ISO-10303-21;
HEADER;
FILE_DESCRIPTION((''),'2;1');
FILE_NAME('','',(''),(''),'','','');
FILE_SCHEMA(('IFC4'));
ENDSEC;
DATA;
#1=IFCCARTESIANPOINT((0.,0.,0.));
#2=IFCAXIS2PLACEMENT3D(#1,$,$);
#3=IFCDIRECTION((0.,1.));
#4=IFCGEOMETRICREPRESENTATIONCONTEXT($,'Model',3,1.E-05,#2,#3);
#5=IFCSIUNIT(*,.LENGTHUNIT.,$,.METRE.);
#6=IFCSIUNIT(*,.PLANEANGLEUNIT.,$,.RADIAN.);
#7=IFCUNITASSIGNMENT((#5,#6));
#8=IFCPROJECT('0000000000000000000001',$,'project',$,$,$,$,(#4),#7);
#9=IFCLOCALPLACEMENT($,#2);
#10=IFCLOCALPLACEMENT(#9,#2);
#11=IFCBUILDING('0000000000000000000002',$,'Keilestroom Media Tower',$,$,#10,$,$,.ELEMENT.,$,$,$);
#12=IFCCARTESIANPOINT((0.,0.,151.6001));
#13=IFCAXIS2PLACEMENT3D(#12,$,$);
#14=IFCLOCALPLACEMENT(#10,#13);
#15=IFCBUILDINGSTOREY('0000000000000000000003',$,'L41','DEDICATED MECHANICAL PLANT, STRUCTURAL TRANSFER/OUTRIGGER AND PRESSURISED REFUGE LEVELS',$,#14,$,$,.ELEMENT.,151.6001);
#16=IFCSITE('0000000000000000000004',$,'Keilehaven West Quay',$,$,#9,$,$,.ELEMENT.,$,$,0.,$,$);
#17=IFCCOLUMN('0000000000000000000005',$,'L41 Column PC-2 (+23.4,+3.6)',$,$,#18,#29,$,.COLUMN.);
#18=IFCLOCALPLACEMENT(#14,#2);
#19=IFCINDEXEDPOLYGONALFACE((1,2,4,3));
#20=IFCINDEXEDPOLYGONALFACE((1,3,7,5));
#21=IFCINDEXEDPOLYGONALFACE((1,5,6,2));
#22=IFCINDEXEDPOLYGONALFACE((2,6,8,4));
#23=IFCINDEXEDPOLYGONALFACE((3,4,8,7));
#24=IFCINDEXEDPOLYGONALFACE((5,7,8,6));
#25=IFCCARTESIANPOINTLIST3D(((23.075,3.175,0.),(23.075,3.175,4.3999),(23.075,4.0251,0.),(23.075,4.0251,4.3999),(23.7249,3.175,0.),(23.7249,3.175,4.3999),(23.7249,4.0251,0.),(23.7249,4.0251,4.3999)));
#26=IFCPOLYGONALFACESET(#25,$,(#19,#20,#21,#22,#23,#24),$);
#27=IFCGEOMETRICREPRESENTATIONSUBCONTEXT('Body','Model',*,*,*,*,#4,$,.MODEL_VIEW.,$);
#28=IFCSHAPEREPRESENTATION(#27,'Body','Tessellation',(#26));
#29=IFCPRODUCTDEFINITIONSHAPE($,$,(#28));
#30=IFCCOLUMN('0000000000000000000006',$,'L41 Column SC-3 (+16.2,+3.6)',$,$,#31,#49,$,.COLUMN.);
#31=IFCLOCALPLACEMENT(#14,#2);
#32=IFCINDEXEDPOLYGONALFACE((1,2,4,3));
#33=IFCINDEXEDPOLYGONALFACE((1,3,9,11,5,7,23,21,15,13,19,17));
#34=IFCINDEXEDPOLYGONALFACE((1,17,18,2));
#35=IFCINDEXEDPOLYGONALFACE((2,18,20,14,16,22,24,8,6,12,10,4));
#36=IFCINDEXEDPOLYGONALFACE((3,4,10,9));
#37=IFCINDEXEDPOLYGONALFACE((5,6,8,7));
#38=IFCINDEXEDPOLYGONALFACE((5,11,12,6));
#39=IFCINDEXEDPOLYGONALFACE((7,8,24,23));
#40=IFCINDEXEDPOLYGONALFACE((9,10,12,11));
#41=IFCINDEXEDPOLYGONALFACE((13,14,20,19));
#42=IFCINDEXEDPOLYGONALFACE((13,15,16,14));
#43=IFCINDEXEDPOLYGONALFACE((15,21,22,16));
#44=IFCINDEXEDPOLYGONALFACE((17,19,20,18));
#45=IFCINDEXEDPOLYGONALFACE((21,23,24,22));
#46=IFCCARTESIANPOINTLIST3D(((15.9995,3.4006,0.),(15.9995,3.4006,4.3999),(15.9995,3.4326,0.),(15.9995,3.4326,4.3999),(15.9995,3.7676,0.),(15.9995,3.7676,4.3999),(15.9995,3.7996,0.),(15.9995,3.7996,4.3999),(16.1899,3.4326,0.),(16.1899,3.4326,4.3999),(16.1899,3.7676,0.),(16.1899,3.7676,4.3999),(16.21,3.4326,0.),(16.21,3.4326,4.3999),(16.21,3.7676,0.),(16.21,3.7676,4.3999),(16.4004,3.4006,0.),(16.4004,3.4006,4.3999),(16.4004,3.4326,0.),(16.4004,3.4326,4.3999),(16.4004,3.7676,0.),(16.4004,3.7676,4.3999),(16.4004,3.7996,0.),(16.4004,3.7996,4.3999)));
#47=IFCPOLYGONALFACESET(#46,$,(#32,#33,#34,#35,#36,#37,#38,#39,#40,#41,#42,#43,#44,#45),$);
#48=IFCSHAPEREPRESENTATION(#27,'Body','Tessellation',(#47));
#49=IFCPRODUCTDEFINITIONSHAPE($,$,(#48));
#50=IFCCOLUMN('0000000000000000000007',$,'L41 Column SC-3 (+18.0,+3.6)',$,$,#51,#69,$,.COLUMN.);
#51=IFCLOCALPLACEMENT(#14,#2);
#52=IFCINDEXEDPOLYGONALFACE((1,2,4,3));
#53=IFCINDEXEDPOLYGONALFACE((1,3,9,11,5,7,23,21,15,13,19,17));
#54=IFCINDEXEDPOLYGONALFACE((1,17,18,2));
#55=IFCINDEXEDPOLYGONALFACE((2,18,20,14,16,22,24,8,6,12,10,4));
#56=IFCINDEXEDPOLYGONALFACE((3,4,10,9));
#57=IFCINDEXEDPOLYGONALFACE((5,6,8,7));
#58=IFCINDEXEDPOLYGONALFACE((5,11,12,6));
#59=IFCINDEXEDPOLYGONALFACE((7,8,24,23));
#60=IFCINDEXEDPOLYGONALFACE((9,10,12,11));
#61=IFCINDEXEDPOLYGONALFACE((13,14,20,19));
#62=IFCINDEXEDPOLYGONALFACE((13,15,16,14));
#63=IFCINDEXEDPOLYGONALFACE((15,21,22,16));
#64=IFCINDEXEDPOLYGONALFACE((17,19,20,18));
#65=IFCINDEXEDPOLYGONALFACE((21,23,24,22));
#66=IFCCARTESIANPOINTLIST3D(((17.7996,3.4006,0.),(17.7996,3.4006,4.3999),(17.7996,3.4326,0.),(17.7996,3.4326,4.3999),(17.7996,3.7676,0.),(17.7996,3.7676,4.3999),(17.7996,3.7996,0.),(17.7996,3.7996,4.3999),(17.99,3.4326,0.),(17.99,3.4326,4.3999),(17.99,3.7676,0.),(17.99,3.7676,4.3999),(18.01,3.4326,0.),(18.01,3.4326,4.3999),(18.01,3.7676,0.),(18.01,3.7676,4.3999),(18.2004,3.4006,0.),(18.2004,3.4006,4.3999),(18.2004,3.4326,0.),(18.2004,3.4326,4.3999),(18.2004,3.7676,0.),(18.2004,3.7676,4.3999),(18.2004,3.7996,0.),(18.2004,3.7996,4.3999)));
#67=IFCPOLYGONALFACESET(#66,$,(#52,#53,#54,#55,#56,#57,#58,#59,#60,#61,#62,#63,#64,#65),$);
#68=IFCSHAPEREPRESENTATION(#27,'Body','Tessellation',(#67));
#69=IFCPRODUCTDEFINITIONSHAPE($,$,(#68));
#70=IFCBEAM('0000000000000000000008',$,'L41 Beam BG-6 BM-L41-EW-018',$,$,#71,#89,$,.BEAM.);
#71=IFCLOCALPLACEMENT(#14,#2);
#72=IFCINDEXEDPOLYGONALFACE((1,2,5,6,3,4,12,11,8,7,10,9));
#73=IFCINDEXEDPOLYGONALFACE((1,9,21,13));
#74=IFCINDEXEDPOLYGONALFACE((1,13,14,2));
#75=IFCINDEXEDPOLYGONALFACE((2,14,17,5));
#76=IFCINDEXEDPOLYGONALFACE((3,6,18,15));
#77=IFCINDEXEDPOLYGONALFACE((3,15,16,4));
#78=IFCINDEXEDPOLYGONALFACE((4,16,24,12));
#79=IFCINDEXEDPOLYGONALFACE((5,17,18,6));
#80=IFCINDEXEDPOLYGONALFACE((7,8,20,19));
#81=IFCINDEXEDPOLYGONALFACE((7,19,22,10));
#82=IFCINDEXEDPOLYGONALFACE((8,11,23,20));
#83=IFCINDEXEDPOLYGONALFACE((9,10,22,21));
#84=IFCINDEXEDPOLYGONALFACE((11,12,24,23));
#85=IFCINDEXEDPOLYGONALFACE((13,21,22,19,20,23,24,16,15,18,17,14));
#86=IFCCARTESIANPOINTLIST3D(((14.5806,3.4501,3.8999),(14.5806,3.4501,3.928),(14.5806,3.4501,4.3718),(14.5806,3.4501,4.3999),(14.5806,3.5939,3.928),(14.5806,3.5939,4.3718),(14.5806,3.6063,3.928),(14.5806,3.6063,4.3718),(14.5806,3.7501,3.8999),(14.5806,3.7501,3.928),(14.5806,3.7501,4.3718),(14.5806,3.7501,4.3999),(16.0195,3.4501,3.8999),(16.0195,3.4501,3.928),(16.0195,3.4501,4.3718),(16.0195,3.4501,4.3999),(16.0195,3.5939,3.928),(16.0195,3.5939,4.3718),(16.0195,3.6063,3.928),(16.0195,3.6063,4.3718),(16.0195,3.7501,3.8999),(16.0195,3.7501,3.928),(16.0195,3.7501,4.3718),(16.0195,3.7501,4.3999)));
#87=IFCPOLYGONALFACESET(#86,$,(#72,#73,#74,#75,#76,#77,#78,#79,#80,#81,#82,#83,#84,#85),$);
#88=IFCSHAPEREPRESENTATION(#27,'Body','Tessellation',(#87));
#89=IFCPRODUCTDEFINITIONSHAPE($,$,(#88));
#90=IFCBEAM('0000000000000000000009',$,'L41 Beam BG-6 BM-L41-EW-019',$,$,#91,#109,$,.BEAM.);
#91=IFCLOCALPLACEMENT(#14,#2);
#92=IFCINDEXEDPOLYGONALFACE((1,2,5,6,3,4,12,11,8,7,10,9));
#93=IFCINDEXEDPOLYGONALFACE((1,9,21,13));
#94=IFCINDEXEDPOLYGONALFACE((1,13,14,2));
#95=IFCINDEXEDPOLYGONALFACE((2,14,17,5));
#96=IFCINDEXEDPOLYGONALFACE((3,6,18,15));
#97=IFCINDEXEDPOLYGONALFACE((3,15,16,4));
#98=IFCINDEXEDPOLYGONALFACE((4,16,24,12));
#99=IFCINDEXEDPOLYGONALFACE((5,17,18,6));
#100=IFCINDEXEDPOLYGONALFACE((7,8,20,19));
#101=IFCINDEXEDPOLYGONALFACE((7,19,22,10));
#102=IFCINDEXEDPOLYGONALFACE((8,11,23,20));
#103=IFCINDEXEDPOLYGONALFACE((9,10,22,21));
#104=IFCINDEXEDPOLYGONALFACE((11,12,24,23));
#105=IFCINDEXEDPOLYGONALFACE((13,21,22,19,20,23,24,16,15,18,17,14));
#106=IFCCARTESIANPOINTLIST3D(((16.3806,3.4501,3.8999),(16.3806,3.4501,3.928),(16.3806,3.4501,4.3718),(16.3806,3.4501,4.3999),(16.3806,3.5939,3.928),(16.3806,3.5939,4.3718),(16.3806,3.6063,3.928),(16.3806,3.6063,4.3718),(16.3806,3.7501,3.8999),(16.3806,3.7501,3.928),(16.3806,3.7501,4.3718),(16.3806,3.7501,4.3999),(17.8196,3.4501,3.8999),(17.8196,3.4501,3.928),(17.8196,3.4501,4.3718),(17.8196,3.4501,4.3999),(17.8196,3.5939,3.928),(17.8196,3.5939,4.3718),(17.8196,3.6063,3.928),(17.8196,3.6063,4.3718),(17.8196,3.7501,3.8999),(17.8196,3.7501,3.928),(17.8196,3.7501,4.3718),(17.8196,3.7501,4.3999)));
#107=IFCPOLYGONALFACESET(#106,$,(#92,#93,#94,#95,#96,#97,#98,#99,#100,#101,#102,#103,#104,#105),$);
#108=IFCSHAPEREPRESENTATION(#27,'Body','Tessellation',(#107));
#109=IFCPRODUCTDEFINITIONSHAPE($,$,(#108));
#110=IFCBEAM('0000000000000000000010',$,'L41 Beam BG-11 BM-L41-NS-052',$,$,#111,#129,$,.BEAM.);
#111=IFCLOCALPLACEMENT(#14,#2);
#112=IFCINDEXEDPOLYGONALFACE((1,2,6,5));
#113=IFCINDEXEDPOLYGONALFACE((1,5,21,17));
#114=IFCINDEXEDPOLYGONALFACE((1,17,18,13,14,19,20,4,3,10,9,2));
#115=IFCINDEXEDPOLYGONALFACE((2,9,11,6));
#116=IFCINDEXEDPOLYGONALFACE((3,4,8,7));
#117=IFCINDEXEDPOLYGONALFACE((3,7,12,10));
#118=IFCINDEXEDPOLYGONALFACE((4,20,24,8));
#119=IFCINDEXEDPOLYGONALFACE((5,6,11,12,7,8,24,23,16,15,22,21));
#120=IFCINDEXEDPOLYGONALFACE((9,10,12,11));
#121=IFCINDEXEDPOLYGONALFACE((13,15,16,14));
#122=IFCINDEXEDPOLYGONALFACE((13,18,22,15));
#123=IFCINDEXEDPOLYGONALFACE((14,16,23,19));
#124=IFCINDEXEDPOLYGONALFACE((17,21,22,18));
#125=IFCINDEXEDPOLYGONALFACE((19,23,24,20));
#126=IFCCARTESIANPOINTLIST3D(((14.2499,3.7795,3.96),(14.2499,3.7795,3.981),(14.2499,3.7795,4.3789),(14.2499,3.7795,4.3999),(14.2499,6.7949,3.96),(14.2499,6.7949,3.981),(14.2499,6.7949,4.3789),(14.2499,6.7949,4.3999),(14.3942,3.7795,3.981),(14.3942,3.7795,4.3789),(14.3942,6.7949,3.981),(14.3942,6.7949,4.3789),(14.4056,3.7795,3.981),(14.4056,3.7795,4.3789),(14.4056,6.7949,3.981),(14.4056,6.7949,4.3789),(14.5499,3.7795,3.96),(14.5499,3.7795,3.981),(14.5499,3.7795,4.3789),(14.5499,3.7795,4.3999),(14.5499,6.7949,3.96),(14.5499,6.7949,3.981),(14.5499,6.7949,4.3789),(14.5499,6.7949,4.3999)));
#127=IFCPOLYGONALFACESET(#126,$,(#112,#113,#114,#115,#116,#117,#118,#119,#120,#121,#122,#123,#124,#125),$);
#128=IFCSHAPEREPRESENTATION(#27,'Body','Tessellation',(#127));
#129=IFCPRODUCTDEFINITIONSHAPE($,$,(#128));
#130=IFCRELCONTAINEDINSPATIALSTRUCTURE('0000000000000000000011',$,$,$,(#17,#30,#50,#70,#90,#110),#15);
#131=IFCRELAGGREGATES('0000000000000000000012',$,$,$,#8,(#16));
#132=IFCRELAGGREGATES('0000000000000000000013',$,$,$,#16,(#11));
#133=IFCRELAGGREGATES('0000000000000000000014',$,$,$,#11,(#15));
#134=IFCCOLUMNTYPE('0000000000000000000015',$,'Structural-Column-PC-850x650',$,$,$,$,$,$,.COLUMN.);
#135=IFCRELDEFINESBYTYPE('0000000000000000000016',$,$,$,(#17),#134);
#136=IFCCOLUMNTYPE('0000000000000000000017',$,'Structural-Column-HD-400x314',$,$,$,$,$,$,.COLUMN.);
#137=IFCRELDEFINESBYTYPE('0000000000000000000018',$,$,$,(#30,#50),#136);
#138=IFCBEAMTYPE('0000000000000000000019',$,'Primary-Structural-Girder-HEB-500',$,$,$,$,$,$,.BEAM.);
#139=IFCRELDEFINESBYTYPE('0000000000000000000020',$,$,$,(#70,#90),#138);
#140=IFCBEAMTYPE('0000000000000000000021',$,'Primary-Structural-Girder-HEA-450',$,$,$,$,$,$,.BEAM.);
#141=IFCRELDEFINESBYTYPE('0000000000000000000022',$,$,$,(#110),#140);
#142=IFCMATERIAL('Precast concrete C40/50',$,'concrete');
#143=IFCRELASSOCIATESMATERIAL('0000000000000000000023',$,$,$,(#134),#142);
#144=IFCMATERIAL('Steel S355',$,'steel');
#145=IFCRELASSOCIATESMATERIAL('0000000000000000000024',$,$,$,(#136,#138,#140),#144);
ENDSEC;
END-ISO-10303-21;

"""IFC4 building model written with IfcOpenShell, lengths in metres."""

from ifc_helpers import new_model, si_unit, direction, frame, origin, origin_2d, place, context, subcontext, project, spatial, rectangle, i_section, extrude, source, transform, mapped, material, material_profile, profile_set, type_object, element, save


model = new_model("IFC4")

# Units and contexts
model_context = context("Model", 3, precision=1e-05, world=origin(), true_north=direction((0.0, 1.0)))
body_context = subcontext(model_context, "Body", "Model", "MODEL_VIEW")
ifc_project = project(units=[si_unit("LENGTHUNIT", "METRE"), si_unit("PLANEANGLEUNIT", "RADIAN")], contexts=[model_context])

# Site, building, storey
site_placement = place(None, origin())
site = spatial("IfcSite", under=ifc_project, at=site_placement, Name="Keilehaven West Quay", CompositionType="ELEMENT", RefElevation=0.0)
building_placement = place(site_placement, origin())
building = spatial("IfcBuilding", under=site, at=building_placement, Name="Keilestroom Media Tower", CompositionType="ELEMENT")
storey_placement = place(building_placement, frame((0.0, 0.0, 151.6001)))
storey = spatial("IfcBuildingStorey", under=building, at=storey_placement, Name="L41", Description="DEDICATED MECHANICAL PLANT, STRUCTURAL TRANSFER/OUTRIGGER AND PRESSURISED REFUGE LEVELS", CompositionType="ELEMENT", Elevation=151.6001)

# Columns
ifc_material_1 = material(Name="Precast concrete C40/50", Category="concrete")
ifc_material_profile_1 = material_profile(ifc_material_1, rectangle(XDim=0.6499, YDim=0.8501, at=origin_2d()), Name="PC 850x650")
ifc_profile_set_1 = profile_set([ifc_material_profile_1], Name="Precast concrete C40/50")
column_type_1 = type_object("IfcColumnType", Name="Structural-Column-PC-850x650", PredefinedType="COLUMN", material=ifc_profile_set_1)
shared_shape_1 = source(origin(), body_context, "Body", "SweptSolid", [
    extrude(rectangle(XDim=0.6499, YDim=0.8501, at=origin_2d()), origin(), (0.0, 0.0, 1.0), 4.3999),
])
column_placement = place(storey_placement, frame((23.3999, 3.6001, 0.0), z_axis=(0.0, 0.0, 1.0), x_axis=(1.0, 0.0, 0.0)))
element("IfcColumn", 1, at=column_placement, inside=storey, type_object=column_type_1, Name="L41 Column PC-2 (+23.4,+3.6)", PredefinedType="COLUMN", context=body_context, shape_type="MappedRepresentation", body=[
    mapped(shared_shape_1, transform((0.0, 0.0, 0.0), x_axis=(1.0, 0.0, 0.0), y_axis=(0.0, 1.0, 0.0), z_axis=(0.0, 0.0, 1.0), scale=1.0)),
])
ifc_material_2 = material(Name="Steel S355", Category="steel")
ifc_material_profile_2 = material_profile(ifc_material_2, i_section(OverallWidth=0.4009, OverallDepth=0.3989, WebThickness=0.02, FlangeThickness=0.032, at=origin_2d()), Name="HD 400x314")
ifc_profile_set_2 = profile_set([ifc_material_profile_2], Name="Steel S355")
column_type_2 = type_object("IfcColumnType", Name="Structural-Column-HD-400x314", PredefinedType="COLUMN", material=ifc_profile_set_2)
shared_shape_2 = source(origin(), body_context, "Body", "SweptSolid", [
    extrude(i_section(OverallWidth=0.4009, OverallDepth=0.3989, WebThickness=0.02, FlangeThickness=0.032, at=origin_2d()), origin(), (0.0, 0.0, 1.0), 4.3999),
])
for number, where, z_axis, x_axis, name in (
    (2, (16.2, 3.6001, 0.0), (0.0, 0.0, 1.0), (1.0, 0.0, 0.0), "L41 Column SC-3 (+16.2,+3.6)"),
    (3, (18.0, 3.6001, 0.0), (0.0, 0.0, 1.0), (1.0, 0.0, 0.0), "L41 Column SC-3 (+18.0,+3.6)"),
):
    element("IfcColumn", number, at=place(storey_placement, frame(where, z_axis=z_axis, x_axis=x_axis)), inside=storey, type_object=column_type_2, Name=name, PredefinedType="COLUMN", context=body_context, shape_type="MappedRepresentation", body=[
        mapped(shared_shape_2, transform((0.0, 0.0, 0.0), x_axis=(1.0, 0.0, 0.0), y_axis=(0.0, 1.0, 0.0), z_axis=(0.0, 0.0, 1.0), scale=1.0)),
    ])

# Beams
ifc_material_profile_3 = material_profile(ifc_material_2, i_section(OverallWidth=0.3, OverallDepth=0.5, WebThickness=0.0125, FlangeThickness=0.0281, at=origin_2d()), Name="HEB 500")
ifc_profile_set_3 = profile_set([ifc_material_profile_3], Name="Steel S355")
beam_type_1 = type_object("IfcBeamType", Name="Primary-Structural-Girder-HEB-500", PredefinedType="BEAM", material=ifc_profile_set_3)
shared_shape_3 = source(origin(), body_context, "Body", "SweptSolid", [
    extrude(i_section(OverallWidth=0.3, OverallDepth=0.5, WebThickness=0.0125, FlangeThickness=0.0281, at=origin_2d()), origin(), (0.0, 0.0, 1.0), 1.439),
])
for number, where, z_axis, x_axis, name in (
    (4, (14.5806, 3.6001, 4.1499), (1.0, 0.0, 0.0), (0.0, 1.0, 0.0), "L41 Beam BG-6 BM-L41-EW-018"),
    (5, (16.3806, 3.6001, 4.1499), (1.0, 0.0, 0.0), (0.0, 1.0, 0.0), "L41 Beam BG-6 BM-L41-EW-019"),
):
    element("IfcBeam", number, at=place(storey_placement, frame(where, z_axis=z_axis, x_axis=x_axis)), inside=storey, type_object=beam_type_1, Name=name, PredefinedType="BEAM", context=body_context, shape_type="MappedRepresentation", body=[
        mapped(shared_shape_3, transform((0.0, 0.0, 0.0), x_axis=(1.0, 0.0, 0.0), y_axis=(0.0, 1.0, 0.0), z_axis=(0.0, 0.0, 1.0), scale=1.0)),
    ])
ifc_material_profile_4 = material_profile(ifc_material_2, i_section(OverallWidth=0.3, OverallDepth=0.4399, WebThickness=0.0115, FlangeThickness=0.021, at=origin_2d()), Name="HEA 450")
ifc_profile_set_4 = profile_set([ifc_material_profile_4], Name="Steel S355")
beam_type_2 = type_object("IfcBeamType", Name="Primary-Structural-Girder-HEA-450", PredefinedType="BEAM", material=ifc_profile_set_4)
shared_shape_4 = source(origin(), body_context, "Body", "SweptSolid", [
    extrude(i_section(OverallWidth=0.3, OverallDepth=0.4399, WebThickness=0.0115, FlangeThickness=0.021, at=origin_2d()), origin(), (0.0, 0.0, 1.0), 3.0154),
])
beam_placement = place(storey_placement, frame((14.3999, 3.7795, 4.1799), z_axis=(0.0, 1.0, 0.0), x_axis=(-1.0, 0.0, 0.0)))
element("IfcBeam", 6, at=beam_placement, inside=storey, type_object=beam_type_2, Name="L41 Beam BG-11 BM-L41-NS-052", PredefinedType="BEAM", context=body_context, shape_type="MappedRepresentation", body=[
    mapped(shared_shape_4, transform((0.0, 0.0, 0.0), x_axis=(1.0, 0.0, 0.0), y_axis=(0.0, 1.0, 0.0), z_axis=(0.0, 0.0, 1.0), scale=1.0)),
])

save(model, "model.ifc")
